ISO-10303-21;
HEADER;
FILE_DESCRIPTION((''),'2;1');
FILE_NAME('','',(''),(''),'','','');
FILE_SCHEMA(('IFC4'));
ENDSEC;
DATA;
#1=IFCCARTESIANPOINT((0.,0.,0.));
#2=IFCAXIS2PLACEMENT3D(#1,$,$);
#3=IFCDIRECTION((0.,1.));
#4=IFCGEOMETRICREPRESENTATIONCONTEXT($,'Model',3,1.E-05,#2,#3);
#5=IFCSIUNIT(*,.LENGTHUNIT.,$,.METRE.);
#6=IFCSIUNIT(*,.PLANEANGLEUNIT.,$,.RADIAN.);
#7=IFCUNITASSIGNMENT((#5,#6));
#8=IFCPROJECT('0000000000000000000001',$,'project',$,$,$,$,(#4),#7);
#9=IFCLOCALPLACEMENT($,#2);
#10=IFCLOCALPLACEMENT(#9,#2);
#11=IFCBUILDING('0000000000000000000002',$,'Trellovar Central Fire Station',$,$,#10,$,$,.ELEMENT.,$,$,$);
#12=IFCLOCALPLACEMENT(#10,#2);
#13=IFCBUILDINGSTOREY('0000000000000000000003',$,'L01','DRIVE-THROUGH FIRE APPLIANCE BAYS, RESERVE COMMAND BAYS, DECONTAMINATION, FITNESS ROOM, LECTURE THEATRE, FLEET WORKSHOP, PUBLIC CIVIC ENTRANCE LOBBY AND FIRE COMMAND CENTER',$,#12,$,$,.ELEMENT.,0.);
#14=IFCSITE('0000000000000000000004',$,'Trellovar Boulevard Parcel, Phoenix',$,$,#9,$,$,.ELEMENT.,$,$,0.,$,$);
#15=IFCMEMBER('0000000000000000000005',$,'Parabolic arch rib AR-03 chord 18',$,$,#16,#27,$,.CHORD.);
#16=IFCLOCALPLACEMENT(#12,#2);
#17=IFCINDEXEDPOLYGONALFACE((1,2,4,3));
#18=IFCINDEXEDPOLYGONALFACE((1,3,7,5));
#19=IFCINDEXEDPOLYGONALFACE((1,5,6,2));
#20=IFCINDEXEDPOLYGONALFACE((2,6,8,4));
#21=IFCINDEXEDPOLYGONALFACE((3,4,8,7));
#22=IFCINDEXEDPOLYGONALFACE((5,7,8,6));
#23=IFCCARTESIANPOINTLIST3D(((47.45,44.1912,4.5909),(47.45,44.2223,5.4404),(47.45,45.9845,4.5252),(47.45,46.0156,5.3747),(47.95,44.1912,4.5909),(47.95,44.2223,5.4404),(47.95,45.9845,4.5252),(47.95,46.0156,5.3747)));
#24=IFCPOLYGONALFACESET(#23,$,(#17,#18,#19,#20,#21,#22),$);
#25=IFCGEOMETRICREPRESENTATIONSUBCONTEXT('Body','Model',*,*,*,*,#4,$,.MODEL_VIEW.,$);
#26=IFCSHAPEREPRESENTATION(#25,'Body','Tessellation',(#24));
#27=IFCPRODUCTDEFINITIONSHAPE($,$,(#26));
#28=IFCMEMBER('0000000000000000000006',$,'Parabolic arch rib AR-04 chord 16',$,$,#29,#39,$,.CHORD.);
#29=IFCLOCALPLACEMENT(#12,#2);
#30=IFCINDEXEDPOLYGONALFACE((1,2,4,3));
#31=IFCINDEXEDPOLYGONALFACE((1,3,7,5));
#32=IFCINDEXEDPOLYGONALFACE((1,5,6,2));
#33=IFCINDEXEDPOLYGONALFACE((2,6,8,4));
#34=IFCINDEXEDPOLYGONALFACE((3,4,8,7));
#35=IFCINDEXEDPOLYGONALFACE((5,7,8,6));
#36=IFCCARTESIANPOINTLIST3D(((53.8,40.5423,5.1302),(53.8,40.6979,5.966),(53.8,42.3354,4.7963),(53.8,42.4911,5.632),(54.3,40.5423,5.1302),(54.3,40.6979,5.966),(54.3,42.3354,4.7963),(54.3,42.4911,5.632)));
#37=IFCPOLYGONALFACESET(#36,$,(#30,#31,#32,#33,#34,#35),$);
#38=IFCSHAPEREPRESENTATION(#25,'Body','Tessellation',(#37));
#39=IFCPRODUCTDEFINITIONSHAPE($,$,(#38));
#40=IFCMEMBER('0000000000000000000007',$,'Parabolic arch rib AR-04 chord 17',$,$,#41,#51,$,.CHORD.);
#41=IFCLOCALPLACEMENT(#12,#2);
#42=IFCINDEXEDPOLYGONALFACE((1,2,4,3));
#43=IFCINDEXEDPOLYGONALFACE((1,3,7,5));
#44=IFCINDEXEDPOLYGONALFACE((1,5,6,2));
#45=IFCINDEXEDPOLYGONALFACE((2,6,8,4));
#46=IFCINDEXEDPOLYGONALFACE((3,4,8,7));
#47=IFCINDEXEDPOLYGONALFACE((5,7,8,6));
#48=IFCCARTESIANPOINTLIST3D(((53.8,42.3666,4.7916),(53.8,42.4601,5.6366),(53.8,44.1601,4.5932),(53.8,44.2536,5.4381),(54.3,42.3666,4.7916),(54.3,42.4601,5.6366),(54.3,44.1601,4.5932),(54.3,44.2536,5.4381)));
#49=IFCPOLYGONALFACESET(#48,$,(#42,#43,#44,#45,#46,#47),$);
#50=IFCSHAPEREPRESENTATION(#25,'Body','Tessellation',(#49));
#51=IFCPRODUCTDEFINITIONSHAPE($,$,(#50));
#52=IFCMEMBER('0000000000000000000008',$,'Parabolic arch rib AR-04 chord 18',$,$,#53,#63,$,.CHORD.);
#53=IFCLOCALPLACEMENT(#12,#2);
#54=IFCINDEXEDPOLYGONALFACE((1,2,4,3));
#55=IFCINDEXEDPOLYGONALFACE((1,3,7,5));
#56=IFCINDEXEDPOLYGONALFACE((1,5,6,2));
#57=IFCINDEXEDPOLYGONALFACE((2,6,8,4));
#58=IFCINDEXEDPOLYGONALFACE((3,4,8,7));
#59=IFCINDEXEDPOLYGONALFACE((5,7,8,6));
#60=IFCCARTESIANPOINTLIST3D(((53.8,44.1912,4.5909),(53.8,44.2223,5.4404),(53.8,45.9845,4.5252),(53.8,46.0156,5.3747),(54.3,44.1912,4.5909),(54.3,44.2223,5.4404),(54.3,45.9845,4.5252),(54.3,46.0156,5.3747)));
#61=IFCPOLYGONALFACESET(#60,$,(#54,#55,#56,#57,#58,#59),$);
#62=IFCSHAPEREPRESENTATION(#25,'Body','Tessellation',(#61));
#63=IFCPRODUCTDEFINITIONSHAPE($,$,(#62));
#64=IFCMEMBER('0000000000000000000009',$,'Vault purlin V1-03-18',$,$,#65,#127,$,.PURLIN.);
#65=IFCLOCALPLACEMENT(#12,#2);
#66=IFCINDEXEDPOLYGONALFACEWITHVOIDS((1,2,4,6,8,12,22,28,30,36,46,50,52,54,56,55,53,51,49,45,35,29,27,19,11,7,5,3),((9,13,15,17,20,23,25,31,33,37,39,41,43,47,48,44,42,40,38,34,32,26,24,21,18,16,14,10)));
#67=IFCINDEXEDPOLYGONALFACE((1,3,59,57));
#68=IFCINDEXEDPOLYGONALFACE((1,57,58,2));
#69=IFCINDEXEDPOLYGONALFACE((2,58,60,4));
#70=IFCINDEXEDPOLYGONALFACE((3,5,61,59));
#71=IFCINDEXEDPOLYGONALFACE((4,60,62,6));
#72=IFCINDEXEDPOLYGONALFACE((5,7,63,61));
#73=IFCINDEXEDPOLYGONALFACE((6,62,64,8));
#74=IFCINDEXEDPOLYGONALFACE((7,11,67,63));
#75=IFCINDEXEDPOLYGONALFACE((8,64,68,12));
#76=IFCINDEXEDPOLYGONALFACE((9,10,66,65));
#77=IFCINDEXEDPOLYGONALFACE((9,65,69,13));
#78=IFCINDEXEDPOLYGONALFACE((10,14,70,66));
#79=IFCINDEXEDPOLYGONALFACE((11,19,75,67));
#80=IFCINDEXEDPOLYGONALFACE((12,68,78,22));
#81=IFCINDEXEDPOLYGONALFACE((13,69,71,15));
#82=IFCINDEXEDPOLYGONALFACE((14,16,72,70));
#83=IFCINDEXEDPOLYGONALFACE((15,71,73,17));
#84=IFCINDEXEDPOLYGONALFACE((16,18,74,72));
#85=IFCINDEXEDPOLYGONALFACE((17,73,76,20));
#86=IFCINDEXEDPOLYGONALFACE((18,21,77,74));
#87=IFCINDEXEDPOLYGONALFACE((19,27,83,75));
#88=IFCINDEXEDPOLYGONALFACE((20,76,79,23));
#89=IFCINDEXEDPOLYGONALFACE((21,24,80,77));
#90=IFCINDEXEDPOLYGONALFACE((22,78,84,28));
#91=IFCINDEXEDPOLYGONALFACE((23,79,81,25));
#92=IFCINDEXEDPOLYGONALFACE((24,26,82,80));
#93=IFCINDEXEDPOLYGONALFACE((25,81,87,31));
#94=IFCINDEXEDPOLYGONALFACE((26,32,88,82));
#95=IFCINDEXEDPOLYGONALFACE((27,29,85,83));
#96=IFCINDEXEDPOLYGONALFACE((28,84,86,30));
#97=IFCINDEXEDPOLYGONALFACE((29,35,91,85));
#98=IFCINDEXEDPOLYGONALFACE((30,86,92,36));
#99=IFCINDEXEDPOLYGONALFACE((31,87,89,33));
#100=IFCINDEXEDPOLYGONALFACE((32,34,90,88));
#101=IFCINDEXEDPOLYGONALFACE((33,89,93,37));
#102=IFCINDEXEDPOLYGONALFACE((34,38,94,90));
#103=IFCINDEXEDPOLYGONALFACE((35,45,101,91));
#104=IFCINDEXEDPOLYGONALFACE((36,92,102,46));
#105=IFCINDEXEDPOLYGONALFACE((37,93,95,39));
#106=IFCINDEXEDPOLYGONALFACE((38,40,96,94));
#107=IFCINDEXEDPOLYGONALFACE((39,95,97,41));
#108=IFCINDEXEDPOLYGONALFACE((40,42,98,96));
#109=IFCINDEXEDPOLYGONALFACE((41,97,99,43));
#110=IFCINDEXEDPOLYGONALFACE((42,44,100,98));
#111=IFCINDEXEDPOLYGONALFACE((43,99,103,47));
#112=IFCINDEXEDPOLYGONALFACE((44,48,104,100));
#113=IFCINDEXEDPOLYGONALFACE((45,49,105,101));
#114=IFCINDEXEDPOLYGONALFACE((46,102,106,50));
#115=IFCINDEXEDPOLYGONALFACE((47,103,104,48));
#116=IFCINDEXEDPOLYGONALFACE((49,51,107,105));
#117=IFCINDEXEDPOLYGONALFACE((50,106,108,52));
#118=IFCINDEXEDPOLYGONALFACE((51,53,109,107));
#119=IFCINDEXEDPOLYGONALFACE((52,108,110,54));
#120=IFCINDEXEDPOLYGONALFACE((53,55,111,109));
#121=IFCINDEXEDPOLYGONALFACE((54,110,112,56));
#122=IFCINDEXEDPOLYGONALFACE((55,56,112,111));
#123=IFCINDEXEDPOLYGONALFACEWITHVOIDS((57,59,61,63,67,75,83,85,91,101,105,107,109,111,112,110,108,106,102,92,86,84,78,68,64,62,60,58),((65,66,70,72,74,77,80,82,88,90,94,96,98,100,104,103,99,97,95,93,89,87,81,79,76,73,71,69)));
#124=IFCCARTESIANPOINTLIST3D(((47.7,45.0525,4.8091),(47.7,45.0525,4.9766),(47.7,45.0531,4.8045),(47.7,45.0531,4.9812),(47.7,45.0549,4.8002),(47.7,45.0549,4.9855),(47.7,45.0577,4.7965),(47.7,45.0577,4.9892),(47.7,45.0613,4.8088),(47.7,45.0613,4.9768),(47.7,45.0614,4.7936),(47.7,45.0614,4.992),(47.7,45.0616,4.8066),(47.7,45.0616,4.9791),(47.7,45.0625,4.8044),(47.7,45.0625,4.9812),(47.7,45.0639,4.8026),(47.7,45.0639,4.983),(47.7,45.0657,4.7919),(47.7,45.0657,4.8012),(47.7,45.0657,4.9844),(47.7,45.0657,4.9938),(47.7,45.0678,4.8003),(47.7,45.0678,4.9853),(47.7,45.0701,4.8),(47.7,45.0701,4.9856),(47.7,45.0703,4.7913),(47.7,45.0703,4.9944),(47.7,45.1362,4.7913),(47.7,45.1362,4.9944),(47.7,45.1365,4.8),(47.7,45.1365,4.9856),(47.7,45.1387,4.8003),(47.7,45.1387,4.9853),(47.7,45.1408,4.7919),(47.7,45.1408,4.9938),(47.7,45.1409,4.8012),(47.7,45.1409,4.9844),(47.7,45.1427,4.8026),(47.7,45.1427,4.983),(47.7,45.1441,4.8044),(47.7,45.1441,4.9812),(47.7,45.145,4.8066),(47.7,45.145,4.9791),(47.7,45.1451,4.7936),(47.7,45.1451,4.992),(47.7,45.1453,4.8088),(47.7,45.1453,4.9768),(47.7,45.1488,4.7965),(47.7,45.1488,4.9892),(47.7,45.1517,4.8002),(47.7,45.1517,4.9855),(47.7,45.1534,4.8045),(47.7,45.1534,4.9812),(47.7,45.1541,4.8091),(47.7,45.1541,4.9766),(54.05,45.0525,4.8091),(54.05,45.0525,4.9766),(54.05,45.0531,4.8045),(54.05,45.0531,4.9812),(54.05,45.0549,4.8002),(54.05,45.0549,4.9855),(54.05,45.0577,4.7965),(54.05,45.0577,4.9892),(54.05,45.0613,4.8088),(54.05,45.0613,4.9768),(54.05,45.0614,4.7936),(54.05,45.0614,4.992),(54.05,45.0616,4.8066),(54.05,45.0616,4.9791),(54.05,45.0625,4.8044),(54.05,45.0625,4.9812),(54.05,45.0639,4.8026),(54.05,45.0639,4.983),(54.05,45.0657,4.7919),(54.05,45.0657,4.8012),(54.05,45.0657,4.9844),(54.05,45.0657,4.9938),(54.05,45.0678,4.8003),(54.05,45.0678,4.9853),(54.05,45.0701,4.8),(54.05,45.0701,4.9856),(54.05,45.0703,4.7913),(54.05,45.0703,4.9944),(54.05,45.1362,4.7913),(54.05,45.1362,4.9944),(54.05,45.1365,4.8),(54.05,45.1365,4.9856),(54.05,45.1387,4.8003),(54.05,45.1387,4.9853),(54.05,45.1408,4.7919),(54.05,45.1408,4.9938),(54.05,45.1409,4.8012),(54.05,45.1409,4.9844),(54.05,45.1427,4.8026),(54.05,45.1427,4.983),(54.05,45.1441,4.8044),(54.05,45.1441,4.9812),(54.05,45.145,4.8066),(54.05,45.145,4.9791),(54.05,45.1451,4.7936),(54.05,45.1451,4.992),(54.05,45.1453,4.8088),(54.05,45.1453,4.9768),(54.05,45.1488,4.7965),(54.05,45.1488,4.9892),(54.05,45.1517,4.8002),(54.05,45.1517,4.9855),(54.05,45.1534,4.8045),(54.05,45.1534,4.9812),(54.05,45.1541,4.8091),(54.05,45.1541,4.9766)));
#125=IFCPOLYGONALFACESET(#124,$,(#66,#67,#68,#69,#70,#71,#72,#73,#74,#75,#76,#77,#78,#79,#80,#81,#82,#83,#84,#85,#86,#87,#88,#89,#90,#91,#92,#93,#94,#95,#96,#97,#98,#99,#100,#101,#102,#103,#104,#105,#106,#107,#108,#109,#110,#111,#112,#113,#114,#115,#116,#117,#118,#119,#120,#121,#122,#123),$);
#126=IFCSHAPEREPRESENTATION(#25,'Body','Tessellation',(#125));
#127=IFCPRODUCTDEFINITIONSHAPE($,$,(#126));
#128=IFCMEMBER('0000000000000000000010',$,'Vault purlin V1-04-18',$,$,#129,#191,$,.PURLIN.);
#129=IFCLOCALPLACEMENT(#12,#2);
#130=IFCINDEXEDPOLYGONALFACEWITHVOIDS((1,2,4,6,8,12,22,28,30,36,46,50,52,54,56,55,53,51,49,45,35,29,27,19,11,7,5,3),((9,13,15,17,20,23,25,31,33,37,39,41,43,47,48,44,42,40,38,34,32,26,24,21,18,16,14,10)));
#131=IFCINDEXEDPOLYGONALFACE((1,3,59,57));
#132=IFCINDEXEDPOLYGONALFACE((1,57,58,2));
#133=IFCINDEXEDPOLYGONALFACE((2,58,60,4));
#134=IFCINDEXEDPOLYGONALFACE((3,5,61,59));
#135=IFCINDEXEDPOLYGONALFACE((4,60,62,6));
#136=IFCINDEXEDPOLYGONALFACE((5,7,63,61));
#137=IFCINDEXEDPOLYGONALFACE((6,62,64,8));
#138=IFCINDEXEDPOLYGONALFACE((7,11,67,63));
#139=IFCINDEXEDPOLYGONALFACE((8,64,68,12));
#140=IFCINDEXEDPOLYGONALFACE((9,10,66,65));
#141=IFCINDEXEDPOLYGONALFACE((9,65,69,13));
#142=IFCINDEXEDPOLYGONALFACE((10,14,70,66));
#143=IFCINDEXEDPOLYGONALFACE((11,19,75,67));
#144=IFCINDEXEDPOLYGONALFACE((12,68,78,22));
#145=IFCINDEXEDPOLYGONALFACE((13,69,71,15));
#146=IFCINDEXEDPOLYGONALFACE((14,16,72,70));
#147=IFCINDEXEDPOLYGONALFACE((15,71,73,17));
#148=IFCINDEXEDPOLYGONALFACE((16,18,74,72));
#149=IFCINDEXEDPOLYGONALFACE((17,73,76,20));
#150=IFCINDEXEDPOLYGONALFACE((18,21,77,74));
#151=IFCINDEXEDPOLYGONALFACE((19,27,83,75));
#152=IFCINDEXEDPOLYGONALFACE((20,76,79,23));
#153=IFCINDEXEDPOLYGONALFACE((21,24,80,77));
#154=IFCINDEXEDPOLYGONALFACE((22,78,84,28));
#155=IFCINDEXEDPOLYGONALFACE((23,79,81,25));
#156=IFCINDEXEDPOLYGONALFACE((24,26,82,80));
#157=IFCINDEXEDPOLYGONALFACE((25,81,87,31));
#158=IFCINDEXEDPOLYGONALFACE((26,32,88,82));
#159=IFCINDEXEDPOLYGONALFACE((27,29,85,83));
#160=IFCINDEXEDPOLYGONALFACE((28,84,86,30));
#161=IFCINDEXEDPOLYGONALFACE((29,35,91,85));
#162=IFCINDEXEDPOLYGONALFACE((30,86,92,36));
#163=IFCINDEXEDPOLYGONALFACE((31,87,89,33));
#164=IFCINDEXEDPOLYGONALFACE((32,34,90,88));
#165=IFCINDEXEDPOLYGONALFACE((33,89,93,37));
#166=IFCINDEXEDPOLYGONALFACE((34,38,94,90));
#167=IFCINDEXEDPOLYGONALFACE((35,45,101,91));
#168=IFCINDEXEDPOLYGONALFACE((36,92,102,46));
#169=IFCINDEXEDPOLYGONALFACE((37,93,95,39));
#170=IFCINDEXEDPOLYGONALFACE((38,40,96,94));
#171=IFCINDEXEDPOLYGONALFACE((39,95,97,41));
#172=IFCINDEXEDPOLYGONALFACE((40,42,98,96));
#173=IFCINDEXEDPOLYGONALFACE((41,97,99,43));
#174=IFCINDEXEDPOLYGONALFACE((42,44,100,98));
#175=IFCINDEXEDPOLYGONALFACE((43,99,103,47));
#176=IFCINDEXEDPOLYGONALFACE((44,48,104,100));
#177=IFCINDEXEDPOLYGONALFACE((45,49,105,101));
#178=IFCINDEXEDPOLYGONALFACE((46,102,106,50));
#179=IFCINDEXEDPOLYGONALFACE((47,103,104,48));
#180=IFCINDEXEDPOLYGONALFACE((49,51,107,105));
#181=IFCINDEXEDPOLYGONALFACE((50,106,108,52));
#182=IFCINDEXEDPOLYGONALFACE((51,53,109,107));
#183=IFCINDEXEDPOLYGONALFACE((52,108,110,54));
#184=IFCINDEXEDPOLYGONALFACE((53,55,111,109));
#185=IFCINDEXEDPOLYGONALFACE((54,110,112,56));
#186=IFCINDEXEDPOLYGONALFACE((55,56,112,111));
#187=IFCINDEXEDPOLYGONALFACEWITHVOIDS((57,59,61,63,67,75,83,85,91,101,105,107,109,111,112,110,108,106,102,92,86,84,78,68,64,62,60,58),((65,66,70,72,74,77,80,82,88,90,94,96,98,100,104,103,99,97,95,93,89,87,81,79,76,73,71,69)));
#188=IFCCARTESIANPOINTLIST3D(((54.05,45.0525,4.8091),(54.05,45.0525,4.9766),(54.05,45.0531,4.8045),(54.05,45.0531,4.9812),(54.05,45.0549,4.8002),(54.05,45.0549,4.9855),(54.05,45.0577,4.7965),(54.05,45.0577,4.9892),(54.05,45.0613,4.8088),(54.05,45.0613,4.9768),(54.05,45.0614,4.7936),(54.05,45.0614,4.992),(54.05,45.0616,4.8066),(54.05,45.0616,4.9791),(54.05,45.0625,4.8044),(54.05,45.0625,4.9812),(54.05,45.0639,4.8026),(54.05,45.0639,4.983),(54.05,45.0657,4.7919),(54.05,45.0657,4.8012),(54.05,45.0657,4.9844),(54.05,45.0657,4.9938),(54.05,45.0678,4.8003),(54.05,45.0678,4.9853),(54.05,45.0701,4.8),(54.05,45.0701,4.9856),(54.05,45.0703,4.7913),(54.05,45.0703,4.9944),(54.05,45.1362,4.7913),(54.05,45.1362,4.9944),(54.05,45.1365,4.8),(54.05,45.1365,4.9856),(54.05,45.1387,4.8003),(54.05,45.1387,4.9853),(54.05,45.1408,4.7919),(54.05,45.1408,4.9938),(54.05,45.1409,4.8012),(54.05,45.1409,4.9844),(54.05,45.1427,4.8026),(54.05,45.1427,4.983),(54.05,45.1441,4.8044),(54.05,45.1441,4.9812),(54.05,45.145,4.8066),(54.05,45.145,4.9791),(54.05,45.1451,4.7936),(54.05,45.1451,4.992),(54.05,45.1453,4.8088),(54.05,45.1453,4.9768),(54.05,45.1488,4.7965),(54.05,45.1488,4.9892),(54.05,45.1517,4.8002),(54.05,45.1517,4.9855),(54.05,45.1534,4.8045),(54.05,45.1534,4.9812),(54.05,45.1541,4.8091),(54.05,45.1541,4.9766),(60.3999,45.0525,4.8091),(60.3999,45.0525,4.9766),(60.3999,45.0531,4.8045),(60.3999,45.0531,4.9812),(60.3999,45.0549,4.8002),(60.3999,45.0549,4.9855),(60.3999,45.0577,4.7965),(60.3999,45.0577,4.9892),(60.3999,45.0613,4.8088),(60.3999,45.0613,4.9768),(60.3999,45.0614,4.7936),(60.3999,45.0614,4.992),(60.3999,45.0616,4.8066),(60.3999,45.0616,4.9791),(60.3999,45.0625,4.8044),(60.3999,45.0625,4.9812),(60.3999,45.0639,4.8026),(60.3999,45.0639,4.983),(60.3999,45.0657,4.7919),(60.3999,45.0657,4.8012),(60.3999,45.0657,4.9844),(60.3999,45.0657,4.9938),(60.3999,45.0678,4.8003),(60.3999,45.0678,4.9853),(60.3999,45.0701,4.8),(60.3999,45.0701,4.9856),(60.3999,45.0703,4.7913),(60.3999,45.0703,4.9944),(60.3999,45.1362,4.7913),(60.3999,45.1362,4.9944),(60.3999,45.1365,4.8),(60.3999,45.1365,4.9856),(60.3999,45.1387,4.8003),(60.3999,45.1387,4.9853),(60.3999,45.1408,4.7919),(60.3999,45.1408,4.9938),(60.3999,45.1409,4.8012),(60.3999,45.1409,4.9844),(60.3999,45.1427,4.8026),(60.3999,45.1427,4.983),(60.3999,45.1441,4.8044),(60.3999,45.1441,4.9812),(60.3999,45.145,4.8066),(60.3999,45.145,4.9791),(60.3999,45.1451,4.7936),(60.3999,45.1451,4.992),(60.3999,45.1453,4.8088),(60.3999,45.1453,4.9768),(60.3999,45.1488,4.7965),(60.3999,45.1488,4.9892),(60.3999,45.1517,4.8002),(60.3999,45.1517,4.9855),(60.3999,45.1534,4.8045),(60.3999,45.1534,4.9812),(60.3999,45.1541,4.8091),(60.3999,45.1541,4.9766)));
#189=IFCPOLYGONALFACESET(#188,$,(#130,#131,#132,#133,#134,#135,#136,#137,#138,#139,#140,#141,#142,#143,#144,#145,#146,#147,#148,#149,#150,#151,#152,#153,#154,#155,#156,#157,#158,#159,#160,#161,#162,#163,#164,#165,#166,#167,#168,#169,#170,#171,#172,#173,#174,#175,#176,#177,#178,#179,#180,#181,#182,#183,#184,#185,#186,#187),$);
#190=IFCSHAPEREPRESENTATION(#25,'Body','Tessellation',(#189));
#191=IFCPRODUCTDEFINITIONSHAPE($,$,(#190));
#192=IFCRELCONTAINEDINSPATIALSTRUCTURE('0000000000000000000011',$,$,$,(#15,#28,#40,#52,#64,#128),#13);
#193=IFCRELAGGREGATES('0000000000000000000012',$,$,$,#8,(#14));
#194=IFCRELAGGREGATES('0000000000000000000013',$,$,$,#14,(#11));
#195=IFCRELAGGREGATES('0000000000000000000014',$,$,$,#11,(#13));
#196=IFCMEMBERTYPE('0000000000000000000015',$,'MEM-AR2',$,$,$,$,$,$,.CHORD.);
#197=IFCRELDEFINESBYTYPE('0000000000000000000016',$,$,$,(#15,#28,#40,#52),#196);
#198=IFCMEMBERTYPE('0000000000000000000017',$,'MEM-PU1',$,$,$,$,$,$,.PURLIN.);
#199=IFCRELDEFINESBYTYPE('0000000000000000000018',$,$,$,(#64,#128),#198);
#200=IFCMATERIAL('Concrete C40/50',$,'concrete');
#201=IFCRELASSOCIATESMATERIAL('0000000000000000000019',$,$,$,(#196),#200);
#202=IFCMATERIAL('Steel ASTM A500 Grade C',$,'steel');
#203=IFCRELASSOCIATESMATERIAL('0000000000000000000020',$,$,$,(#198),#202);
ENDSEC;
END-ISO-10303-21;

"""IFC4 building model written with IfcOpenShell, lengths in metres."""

from ifc_helpers import new_model, si_unit, direction, frame, origin, origin_2d, place, context, subcontext, project, spatial, rectangle, hollow_rectangle, extrude, material, material_profile, profile_set, type_object, element, save


model = new_model("IFC4")

# Units and contexts
model_context = context("Model", 3, precision=1e-05, world=origin(), true_north=direction((0.0, 1.0)))
body_context = subcontext(model_context, "Body", "Model", "MODEL_VIEW")
ifc_project = project(units=[si_unit("LENGTHUNIT", "METRE"), si_unit("PLANEANGLEUNIT", "RADIAN")], contexts=[model_context])

# Site, building, storey
site_placement = place(None, origin())
site = spatial("IfcSite", under=ifc_project, at=site_placement, Name="Trellovar Boulevard Parcel, Phoenix", CompositionType="ELEMENT", RefElevation=0.0)
building_placement = place(site_placement, origin())
building = spatial("IfcBuilding", under=site, at=building_placement, Name="Trellovar Central Fire Station", CompositionType="ELEMENT")
storey_placement = place(building_placement, origin())
storey = spatial("IfcBuildingStorey", under=building, at=storey_placement, Name="L01", Description="DRIVE-THROUGH FIRE APPLIANCE BAYS, RESERVE COMMAND BAYS, DECONTAMINATION, FITNESS ROOM, LECTURE THEATRE, FLEET WORKSHOP, PUBLIC CIVIC ENTRANCE LOBBY AND FIRE COMMAND CENTER", CompositionType="ELEMENT", Elevation=0.0)

# Members
ifc_material_1 = material(Name="Concrete C40/50", Category="concrete")
ifc_material_profile_1 = material_profile(ifc_material_1, rectangle(XDim=0.5, YDim=0.8501, at=origin_2d()), Name="RC500X850")
ifc_profile_set_1 = profile_set([ifc_material_profile_1], Name="Concrete C40/50")
member_type_1 = type_object("IfcMemberType", Name="MEM-AR2", PredefinedType="CHORD", material=ifc_profile_set_1)
member_1_placement = place(storey_placement, frame((47.7, 44.2068, 5.0156), z_axis=(0.0, 0.99933, -0.036599), x_axis=(-1.0, 0.0, 0.0)))
element("IfcMember", 1, at=member_1_placement, inside=storey, type_object=member_type_1, Name="Parabolic arch rib AR-03 chord 18", PredefinedType="CHORD", context=body_context, shape_type="SweptSolid", body=[
    extrude(rectangle(XDim=0.5, YDim=0.8501, at=origin_2d()), origin(), (0.0, 0.0, 1.0), 1.7944),
])
member_2_placement = place(storey_placement, frame((54.05, 40.6201, 5.5481), z_axis=(0.0, 0.983094, -0.1831), x_axis=(-1.0, 0.0, 0.0)))
element("IfcMember", 2, at=member_2_placement, inside=storey, type_object=member_type_1, Name="Parabolic arch rib AR-04 chord 16", PredefinedType="CHORD", context=body_context, shape_type="SweptSolid", body=[
    extrude(rectangle(XDim=0.5, YDim=0.8501, at=origin_2d()), origin(), (0.0, 0.0, 1.0), 1.824),
])
member_3_placement = place(storey_placement, frame((54.05, 42.4133, 5.2141), z_axis=(0.0, 0.993931, -0.110001), x_axis=(-1.0, 0.0, 0.0)))
element("IfcMember", 3, at=member_3_placement, inside=storey, type_object=member_type_1, Name="Parabolic arch rib AR-04 chord 17", PredefinedType="CHORD", context=body_context, shape_type="SweptSolid", body=[
    extrude(rectangle(XDim=0.5, YDim=0.8501, at=origin_2d()), origin(), (0.0, 0.0, 1.0), 1.8044),
])
member_4_placement = place(storey_placement, frame((54.05, 44.2068, 5.0156), z_axis=(0.0, 0.99933, -0.036599), x_axis=(-1.0, 0.0, 0.0)))
element("IfcMember", 4, at=member_4_placement, inside=storey, type_object=member_type_1, Name="Parabolic arch rib AR-04 chord 18", PredefinedType="CHORD", context=body_context, shape_type="SweptSolid", body=[
    extrude(rectangle(XDim=0.5, YDim=0.8501, at=origin_2d()), origin(), (0.0, 0.0, 1.0), 1.7944),
])
ifc_material_2 = material(Name="Steel ASTM A500 Grade C", Category="steel")
ifc_material_profile_2 = material_profile(ifc_material_2, hollow_rectangle(XDim=0.1016, YDim=0.2031, WallThickness=0.0088, InnerFilletRadius=0.0088, OuterFilletRadius=0.0178, at=origin_2d()), Name="HSS8X4X3/8")
ifc_profile_set_2 = profile_set([ifc_material_profile_2], Name="Steel ASTM A500 Grade C")
member_type_2 = type_object("IfcMemberType", Name="MEM-PU1", PredefinedType="PURLIN", material=ifc_profile_set_2)
member_5_placement = place(storey_placement, frame((47.7, 45.1033, 4.8928), z_axis=(1.0, 0.0, 0.0), x_axis=(0.0, 1.0, 0.0)))
element("IfcMember", 5, at=member_5_placement, inside=storey, type_object=member_type_2, Name="Vault purlin V1-03-18", PredefinedType="PURLIN", context=body_context, shape_type="SweptSolid", body=[
    extrude(hollow_rectangle(XDim=0.1016, YDim=0.2031, WallThickness=0.0088, InnerFilletRadius=0.0088, OuterFilletRadius=0.0178, at=origin_2d()), origin(), (0.0, 0.0, 1.0), 6.3501),
])
member_6_placement = place(storey_placement, frame((54.05, 45.1033, 4.8928), z_axis=(1.0, 0.0, 0.0), x_axis=(0.0, 1.0, 0.0)))
element("IfcMember", 6, at=member_6_placement, inside=storey, type_object=member_type_2, Name="Vault purlin V1-04-18", PredefinedType="PURLIN", context=body_context, shape_type="SweptSolid", body=[
    extrude(hollow_rectangle(XDim=0.1016, YDim=0.2031, WallThickness=0.0088, InnerFilletRadius=0.0088, OuterFilletRadius=0.0178, at=origin_2d()), origin(), (0.0, 0.0, 1.0), 6.3499),
])

save(model, "model.ifc")
